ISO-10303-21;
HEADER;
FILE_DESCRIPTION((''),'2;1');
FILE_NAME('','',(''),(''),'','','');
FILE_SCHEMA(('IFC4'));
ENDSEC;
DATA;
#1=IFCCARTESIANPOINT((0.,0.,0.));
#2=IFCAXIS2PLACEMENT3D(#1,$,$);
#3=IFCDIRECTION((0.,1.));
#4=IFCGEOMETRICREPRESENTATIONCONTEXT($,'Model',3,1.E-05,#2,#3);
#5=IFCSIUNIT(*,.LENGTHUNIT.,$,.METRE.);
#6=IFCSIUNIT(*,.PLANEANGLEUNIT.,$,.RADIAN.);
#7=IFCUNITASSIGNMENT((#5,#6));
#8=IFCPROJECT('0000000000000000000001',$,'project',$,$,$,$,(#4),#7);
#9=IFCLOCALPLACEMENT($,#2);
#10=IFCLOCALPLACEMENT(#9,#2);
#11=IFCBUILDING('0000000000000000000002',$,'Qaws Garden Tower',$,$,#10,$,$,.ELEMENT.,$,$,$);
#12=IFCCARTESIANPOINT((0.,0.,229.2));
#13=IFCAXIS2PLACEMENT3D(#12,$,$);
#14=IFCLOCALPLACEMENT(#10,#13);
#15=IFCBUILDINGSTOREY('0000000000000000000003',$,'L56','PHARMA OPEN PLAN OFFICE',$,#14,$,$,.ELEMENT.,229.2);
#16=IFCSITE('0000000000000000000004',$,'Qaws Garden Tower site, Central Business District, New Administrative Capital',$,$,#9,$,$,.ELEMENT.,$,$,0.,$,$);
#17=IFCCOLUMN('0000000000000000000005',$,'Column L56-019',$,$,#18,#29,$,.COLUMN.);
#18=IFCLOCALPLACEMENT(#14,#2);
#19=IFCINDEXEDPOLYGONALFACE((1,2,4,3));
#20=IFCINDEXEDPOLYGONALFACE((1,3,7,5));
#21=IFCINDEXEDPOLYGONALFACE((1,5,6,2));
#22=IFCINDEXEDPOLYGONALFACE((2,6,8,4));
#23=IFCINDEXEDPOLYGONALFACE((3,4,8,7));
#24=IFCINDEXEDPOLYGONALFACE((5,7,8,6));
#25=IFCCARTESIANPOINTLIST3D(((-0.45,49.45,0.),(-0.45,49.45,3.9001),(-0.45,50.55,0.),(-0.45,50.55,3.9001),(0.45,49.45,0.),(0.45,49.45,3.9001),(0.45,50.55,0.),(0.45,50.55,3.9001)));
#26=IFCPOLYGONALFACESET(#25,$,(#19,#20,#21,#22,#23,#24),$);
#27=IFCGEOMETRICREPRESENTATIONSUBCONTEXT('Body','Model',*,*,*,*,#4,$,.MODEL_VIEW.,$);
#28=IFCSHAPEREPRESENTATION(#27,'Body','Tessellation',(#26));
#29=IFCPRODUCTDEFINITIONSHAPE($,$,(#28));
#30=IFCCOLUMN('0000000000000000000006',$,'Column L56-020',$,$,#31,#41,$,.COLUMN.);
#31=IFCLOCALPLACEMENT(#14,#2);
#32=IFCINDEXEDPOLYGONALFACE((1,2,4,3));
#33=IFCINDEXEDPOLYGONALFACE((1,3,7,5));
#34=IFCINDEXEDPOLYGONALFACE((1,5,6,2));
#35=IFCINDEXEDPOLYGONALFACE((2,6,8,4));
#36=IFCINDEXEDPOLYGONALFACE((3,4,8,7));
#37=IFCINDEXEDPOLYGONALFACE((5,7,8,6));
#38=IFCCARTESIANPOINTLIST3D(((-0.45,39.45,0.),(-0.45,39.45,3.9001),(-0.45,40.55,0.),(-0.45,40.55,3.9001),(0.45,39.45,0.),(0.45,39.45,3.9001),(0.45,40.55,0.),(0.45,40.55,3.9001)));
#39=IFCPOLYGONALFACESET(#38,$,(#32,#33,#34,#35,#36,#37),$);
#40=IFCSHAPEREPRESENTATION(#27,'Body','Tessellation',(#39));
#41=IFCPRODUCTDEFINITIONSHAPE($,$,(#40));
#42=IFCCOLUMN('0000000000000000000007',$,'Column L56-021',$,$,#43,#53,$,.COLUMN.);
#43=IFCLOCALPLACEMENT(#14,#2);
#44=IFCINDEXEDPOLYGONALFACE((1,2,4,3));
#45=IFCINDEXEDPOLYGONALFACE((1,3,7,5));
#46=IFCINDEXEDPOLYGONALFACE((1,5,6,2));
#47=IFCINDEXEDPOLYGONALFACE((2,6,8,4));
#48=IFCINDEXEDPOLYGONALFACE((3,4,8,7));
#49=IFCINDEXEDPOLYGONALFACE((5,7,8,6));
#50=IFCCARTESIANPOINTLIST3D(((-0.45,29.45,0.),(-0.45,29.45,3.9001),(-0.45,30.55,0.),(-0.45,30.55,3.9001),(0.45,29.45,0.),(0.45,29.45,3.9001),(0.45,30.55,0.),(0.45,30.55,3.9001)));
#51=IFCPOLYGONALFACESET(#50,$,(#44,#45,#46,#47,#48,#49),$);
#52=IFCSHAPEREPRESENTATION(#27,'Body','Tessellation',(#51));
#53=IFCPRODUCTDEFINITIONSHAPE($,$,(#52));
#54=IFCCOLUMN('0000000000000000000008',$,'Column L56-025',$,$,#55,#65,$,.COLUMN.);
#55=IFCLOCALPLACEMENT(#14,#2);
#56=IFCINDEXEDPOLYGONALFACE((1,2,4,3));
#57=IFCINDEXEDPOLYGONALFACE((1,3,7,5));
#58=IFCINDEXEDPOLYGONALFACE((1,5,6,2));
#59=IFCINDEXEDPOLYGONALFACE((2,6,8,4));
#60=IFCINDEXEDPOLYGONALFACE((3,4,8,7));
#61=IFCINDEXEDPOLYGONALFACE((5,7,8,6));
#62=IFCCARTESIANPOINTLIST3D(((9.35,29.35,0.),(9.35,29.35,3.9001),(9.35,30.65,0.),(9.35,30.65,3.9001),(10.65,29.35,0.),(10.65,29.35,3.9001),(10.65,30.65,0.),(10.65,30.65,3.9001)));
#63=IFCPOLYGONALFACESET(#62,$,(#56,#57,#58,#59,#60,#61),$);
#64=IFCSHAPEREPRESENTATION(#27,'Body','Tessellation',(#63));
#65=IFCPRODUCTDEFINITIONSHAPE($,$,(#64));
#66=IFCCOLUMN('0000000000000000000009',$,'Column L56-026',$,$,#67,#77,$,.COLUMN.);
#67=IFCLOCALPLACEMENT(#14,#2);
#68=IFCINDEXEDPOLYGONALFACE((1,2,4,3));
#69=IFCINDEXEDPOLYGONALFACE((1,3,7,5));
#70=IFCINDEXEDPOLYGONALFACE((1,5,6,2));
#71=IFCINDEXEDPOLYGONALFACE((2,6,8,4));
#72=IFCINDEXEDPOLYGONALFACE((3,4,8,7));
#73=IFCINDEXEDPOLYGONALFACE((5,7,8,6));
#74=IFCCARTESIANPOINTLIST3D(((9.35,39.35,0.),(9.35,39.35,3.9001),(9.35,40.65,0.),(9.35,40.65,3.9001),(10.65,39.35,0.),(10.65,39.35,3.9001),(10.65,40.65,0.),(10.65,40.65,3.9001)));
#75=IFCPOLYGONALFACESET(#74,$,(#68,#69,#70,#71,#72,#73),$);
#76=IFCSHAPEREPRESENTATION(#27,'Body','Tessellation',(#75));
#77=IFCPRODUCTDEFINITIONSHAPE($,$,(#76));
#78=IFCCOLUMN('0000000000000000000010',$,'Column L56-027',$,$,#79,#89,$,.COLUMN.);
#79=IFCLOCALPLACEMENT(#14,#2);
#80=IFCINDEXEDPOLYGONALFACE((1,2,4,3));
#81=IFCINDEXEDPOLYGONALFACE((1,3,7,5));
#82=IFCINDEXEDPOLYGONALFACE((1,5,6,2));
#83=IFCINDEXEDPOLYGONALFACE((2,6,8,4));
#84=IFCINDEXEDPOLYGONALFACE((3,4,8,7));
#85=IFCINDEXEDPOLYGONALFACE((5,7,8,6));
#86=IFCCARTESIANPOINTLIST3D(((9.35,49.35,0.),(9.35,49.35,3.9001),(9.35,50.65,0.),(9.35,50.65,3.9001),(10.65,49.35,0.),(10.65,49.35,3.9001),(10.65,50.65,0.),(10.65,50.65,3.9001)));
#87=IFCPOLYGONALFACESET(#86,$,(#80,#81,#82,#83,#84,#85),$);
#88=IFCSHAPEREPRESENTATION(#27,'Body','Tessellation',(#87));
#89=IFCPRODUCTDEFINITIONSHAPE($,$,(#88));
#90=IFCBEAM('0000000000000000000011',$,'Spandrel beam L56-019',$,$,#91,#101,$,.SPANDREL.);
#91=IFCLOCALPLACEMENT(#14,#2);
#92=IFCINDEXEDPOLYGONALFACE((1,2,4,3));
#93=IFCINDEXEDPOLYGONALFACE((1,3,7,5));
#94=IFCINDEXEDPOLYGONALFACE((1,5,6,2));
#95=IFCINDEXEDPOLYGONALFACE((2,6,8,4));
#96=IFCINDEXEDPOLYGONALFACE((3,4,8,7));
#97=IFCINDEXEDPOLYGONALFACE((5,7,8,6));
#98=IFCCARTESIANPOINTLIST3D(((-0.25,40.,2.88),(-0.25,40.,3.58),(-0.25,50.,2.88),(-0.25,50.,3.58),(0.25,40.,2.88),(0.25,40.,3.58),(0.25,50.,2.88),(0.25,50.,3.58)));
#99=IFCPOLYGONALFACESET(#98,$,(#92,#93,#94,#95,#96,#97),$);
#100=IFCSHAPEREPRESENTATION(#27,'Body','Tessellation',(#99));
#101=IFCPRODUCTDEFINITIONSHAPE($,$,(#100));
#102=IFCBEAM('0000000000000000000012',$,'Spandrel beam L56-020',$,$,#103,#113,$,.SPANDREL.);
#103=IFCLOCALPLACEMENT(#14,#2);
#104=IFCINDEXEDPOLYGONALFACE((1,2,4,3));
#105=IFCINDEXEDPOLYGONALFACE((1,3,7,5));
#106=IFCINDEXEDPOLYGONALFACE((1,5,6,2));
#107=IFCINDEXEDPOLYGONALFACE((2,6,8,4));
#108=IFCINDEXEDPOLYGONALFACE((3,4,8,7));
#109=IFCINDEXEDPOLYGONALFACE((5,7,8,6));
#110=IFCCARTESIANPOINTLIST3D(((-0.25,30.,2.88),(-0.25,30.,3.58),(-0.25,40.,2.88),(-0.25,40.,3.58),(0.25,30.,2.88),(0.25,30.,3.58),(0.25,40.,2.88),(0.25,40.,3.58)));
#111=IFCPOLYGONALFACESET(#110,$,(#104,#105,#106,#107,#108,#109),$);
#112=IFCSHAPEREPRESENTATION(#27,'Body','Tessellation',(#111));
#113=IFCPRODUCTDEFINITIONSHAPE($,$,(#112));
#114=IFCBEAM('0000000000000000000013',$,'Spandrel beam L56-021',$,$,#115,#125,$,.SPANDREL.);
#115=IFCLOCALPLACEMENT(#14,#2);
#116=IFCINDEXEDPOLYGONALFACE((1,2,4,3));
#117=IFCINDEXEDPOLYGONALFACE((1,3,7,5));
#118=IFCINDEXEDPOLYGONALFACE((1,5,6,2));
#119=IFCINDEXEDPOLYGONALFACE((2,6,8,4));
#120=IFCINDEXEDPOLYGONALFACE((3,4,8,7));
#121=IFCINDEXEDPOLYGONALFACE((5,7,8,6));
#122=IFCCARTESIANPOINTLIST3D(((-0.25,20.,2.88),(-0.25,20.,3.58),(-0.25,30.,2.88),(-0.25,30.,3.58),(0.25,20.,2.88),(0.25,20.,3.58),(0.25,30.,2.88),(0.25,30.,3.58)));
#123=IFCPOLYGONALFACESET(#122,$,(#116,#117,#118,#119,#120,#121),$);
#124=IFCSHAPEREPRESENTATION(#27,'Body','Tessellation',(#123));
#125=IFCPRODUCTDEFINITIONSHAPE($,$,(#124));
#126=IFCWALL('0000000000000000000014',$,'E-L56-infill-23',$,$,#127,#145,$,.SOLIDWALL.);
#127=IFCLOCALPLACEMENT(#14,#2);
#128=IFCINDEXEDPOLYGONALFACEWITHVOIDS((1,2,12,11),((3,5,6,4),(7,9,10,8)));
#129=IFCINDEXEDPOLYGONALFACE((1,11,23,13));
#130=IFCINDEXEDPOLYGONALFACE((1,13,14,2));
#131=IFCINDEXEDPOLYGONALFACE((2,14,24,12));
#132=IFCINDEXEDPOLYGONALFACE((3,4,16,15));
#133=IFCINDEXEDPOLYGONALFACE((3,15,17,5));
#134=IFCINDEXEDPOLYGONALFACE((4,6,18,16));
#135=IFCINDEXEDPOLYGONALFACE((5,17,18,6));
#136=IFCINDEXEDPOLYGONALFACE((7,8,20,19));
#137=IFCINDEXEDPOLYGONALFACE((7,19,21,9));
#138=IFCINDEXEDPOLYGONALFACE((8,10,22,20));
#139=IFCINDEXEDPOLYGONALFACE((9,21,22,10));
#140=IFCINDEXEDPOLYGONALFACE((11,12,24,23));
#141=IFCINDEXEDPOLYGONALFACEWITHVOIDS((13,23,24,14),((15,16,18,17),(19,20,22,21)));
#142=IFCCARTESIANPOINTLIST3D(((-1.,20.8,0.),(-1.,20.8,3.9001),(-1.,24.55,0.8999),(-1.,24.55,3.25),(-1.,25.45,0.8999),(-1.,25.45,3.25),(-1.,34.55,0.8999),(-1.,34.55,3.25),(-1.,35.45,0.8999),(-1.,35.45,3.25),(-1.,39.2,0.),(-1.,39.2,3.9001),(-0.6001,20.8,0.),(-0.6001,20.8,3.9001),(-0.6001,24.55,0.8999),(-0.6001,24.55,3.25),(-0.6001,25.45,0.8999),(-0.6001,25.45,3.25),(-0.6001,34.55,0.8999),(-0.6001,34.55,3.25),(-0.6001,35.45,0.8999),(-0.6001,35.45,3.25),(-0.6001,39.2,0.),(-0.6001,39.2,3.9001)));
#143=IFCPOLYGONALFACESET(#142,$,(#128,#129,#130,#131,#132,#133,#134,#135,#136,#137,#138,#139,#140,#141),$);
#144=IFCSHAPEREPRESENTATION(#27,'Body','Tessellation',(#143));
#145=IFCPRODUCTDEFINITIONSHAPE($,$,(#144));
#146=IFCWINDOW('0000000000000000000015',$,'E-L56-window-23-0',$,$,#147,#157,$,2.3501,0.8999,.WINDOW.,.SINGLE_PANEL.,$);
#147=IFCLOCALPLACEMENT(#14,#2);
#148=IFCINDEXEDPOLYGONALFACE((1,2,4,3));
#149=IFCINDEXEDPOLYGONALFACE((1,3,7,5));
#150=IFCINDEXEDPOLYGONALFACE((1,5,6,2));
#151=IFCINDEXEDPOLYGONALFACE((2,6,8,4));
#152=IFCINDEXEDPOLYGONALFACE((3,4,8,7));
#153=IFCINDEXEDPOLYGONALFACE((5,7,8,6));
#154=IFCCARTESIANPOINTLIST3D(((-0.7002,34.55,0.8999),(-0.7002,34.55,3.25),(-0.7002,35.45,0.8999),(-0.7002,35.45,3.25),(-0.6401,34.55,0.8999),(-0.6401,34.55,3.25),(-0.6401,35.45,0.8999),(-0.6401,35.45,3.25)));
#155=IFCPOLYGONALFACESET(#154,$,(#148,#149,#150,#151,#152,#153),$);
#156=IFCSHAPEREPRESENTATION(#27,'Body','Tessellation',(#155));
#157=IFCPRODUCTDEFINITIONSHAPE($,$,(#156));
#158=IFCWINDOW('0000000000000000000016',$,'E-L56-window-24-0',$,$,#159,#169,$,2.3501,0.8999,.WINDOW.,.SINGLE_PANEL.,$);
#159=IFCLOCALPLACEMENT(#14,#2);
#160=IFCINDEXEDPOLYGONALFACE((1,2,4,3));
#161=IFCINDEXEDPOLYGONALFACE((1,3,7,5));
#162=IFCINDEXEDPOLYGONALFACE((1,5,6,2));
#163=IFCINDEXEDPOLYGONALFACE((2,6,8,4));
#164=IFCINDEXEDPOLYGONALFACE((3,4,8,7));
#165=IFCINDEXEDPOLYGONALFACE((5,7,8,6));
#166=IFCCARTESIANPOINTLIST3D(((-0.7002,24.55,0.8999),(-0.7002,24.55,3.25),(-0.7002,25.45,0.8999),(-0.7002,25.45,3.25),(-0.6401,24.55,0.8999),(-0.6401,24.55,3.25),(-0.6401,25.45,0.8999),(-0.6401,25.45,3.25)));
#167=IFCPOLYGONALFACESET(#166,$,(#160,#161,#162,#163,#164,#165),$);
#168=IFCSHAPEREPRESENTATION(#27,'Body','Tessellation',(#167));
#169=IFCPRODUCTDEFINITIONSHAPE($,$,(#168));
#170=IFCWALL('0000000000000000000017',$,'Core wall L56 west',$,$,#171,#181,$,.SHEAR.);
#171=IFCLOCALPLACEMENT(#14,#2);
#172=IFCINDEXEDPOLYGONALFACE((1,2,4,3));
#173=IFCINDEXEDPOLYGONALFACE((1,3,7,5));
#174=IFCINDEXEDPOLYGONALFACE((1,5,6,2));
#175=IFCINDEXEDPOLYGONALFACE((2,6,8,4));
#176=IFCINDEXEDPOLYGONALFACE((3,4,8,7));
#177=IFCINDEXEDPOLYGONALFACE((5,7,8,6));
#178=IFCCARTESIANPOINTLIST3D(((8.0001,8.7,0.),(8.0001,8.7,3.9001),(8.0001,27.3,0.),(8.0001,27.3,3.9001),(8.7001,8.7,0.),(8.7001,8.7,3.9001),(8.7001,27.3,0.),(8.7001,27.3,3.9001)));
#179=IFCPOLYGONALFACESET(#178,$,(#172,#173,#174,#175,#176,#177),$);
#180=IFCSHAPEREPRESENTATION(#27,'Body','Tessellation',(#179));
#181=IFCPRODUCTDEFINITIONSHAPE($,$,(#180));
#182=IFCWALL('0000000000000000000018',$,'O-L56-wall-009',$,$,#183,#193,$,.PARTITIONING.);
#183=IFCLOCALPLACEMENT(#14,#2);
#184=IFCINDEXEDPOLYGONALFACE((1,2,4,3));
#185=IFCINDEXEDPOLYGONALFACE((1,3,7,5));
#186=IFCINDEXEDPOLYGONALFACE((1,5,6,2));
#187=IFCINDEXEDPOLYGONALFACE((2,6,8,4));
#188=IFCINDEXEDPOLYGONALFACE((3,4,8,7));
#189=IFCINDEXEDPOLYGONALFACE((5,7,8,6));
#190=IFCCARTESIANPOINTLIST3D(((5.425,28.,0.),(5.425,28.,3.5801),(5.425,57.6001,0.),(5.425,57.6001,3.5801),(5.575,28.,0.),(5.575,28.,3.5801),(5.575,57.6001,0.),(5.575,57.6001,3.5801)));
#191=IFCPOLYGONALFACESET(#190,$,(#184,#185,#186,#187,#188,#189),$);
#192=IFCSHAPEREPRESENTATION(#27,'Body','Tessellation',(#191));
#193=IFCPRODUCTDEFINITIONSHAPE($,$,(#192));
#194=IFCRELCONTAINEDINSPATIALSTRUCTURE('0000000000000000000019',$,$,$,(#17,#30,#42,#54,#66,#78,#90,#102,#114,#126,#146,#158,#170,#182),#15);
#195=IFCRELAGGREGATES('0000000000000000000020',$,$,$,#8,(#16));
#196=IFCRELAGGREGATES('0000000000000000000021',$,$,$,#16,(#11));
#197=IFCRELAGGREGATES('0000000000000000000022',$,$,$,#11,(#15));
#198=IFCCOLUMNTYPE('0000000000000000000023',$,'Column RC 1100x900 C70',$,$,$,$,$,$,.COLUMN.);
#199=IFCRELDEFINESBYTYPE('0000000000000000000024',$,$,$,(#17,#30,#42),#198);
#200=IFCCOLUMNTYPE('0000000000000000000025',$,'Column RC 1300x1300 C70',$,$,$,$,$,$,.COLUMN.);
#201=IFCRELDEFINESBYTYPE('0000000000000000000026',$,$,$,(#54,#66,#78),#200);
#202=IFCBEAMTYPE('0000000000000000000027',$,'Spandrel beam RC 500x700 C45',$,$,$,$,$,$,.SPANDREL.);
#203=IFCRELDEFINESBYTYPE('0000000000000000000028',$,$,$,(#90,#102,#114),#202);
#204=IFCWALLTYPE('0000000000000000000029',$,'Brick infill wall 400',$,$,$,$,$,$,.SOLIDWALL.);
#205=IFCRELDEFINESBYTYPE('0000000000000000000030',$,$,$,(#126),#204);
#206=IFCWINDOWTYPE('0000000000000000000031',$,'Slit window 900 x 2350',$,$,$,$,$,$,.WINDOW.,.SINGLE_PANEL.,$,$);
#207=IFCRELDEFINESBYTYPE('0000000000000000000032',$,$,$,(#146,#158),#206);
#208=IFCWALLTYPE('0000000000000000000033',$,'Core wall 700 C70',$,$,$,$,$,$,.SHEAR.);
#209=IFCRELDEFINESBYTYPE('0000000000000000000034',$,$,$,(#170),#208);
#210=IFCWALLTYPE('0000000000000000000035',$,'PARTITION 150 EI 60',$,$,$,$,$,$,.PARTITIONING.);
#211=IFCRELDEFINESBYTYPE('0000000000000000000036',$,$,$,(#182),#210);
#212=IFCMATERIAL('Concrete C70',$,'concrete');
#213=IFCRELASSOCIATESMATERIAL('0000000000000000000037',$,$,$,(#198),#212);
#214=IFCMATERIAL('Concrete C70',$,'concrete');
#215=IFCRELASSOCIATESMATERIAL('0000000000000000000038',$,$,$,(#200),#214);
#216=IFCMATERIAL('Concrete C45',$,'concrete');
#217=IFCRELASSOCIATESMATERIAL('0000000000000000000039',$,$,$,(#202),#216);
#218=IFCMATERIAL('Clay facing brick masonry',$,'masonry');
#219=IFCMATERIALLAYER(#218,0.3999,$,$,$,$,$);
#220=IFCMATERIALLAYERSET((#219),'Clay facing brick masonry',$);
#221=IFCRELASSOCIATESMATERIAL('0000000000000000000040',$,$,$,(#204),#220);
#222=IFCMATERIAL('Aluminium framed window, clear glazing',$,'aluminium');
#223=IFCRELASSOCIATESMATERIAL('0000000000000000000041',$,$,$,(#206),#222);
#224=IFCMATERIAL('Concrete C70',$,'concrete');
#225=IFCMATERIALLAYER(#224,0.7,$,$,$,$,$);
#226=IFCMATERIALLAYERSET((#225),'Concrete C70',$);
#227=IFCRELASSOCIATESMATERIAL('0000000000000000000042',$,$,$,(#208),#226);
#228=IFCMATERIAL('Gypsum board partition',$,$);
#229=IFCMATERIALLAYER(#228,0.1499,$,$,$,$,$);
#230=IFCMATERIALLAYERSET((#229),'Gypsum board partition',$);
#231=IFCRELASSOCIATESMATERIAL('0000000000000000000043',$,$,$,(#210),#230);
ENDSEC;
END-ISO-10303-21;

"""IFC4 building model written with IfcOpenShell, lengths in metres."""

from ifc_helpers import new_model, si_unit, direction, frame, frame_2d, origin, origin_2d, place, context, subcontext, project, spatial, rectangle, extrude, material, layer, layer_set, material_profile, profile_set, type_object, element, fill, save


model = new_model("IFC4")

# Units and contexts
model_context = context("Model", 3, precision=1e-05, world=origin(), true_north=direction((0.0, 1.0)))
body_context = subcontext(model_context, "Body", "Model", "MODEL_VIEW")
ifc_project = project(units=[si_unit("LENGTHUNIT", "METRE"), si_unit("PLANEANGLEUNIT", "RADIAN")], contexts=[model_context])

# Site, building, storey
site_placement = place(None, origin())
site = spatial("IfcSite", under=ifc_project, at=site_placement, Name="Qaws Garden Tower site, Central Business District, New Administrative Capital", CompositionType="ELEMENT", RefElevation=0.0)
building_placement = place(site_placement, origin())
building = spatial("IfcBuilding", under=site, at=building_placement, Name="Qaws Garden Tower", CompositionType="ELEMENT")
storey_placement = place(building_placement, frame((0.0, 0.0, 229.2)))
storey = spatial("IfcBuildingStorey", under=building, at=storey_placement, Name="L56", Description="PHARMA OPEN PLAN OFFICE", CompositionType="ELEMENT", Elevation=229.2)

# Columns
ifc_material_1 = material(Name="Concrete C70", Category="concrete")
ifc_material_profile_1 = material_profile(ifc_material_1, rectangle(XDim=1.1001, YDim=0.8999, at=origin_2d()), Name="RC 1100x900")
ifc_profile_set_1 = profile_set([ifc_material_profile_1], Name="Concrete C70")
column_type_1 = type_object("IfcColumnType", Name="Column RC 1100x900 C70", PredefinedType="COLUMN", material=ifc_profile_set_1)
for number, where, z_axis, x_axis, name in (
    (1, (0.0, 50.0, 0.0), (0.0, 0.0, 1.0), (0.0, 1.0, 0.0), "Column L56-019"),
    (2, (0.0, 40.0, 0.0), (0.0, 0.0, 1.0), (0.0, 1.0, 0.0), "Column L56-020"),
    (3, (0.0, 30.0, 0.0), (0.0, 0.0, 1.0), (0.0, 1.0, 0.0), "Column L56-021"),
):
    element("IfcColumn", number, at=place(storey_placement, frame(where, z_axis=z_axis, x_axis=x_axis)), inside=storey, type_object=column_type_1, Name=name, PredefinedType="COLUMN", context=body_context, shape_type="SweptSolid", body=[
        extrude(rectangle(XDim=1.1001, YDim=0.8999, at=origin_2d()), origin(), (0.0, 0.0, 1.0), 3.9001),
    ])
ifc_material_2 = material(Name="Concrete C70", Category="concrete")
ifc_material_profile_2 = material_profile(ifc_material_2, rectangle(XDim=1.3, YDim=1.3, at=origin_2d()), Name="RC 1300x1300")
ifc_profile_set_2 = profile_set([ifc_material_profile_2], Name="Concrete C70")
column_type_2 = type_object("IfcColumnType", Name="Column RC 1300x1300 C70", PredefinedType="COLUMN", material=ifc_profile_set_2)
for number, where, z_axis, x_axis, name in (
    (4, (10.0, 30.0, 0.0), (0.0, 0.0, 1.0), (1.0, 0.0, 0.0), "Column L56-025"),
    (5, (10.0, 40.0, 0.0), (0.0, 0.0, 1.0), (1.0, 0.0, 0.0), "Column L56-026"),
    (6, (10.0, 50.0, 0.0), (0.0, 0.0, 1.0), (1.0, 0.0, 0.0), "Column L56-027"),
):
    element("IfcColumn", number, at=place(storey_placement, frame(where, z_axis=z_axis, x_axis=x_axis)), inside=storey, type_object=column_type_2, Name=name, PredefinedType="COLUMN", context=body_context, shape_type="SweptSolid", body=[
        extrude(rectangle(XDim=1.3, YDim=1.3, at=origin_2d()), origin(), (0.0, 0.0, 1.0), 3.9001),
    ])

# Beams
ifc_material_3 = material(Name="Concrete C45", Category="concrete")
ifc_material_profile_3 = material_profile(ifc_material_3, rectangle(XDim=0.5, YDim=0.7, at=origin_2d()), Name="RC 500x700")
ifc_profile_set_3 = profile_set([ifc_material_profile_3], Name="Concrete C45")
beam_type = type_object("IfcBeamType", Name="Spandrel beam RC 500x700 C45", PredefinedType="SPANDREL", material=ifc_profile_set_3)
for number, where, z_axis, x_axis, name in (
    (7, (0.0, 50.0, 3.23), (0.0, -1.0, 0.0), (1.0, 0.0, 0.0), "Spandrel beam L56-019"),
    (8, (0.0, 40.0, 3.23), (0.0, -1.0, 0.0), (1.0, 0.0, 0.0), "Spandrel beam L56-020"),
    (9, (0.0, 30.0, 3.23), (0.0, -1.0, 0.0), (1.0, 0.0, 0.0), "Spandrel beam L56-021"),
):
    element("IfcBeam", number, at=place(storey_placement, frame(where, z_axis=z_axis, x_axis=x_axis)), inside=storey, type_object=beam_type, Name=name, PredefinedType="SPANDREL", context=body_context, shape_type="SweptSolid", body=[
        extrude(rectangle(XDim=0.5, YDim=0.7, at=origin_2d()), origin(), (0.0, 0.0, 1.0), 10.0),
    ])

# Wall, openings, windows
ifc_material_4 = material(Name="Clay facing brick masonry", Category="masonry")
ifc_layer_1 = layer(ifc_material_4, 0.3999)
ifc_layer_set_1 = layer_set([ifc_layer_1], Name="Clay facing brick masonry")
wall_type_1 = type_object("IfcWallType", Name="Brick infill wall 400", PredefinedType="SOLIDWALL", material=ifc_layer_set_1)
wall_1_placement = place(storey_placement, frame((-0.8, 39.2, 0.0), z_axis=(0.0, 0.0, 1.0), x_axis=(0.0, -1.0, 0.0)))
wall_1 = element("IfcWall", 10, at=wall_1_placement, inside=storey, type_object=wall_type_1, Name="E-L56-infill-23", PredefinedType="SOLIDWALL", context=body_context, shape_type="SweptSolid", body=[
    extrude(rectangle(XDim=18.3999, YDim=0.3999, at=frame_2d((9.2, 0.0))), origin(), (0.0, 0.0, 1.0), 3.9001),
])
opening_1_placement = place(wall_1_placement, frame((3.75, 0.0, 0.8999)))
opening_1 = element("IfcOpeningElement", 11, at=opening_1_placement, cuts=wall_1, PredefinedType="OPENING", context=body_context, shape_type="SweptSolid", body=[
    extrude(rectangle(XDim=0.8999, YDim=2.3501, at=frame_2d((0.45, 1.175))), frame((0.0, 0.21, 0.0), z_axis=(0.0, -1.0, 0.0), x_axis=(1.0, 0.0, 0.0)), (0.0, 0.0, 1.0), 0.4199),
])
opening_2_placement = place(wall_1_placement, frame((13.75, 0.0, 0.8999)))
opening_2 = element("IfcOpeningElement", 12, at=opening_2_placement, cuts=wall_1, PredefinedType="OPENING", context=body_context, shape_type="SweptSolid", body=[
    extrude(rectangle(XDim=0.8999, YDim=2.3501, at=frame_2d((0.45, 1.175))), frame((0.0, 0.21, 0.0), z_axis=(0.0, -1.0, 0.0), x_axis=(1.0, 0.0, 0.0)), (0.0, 0.0, 1.0), 0.4199),
])
ifc_material_5 = material(Name="Aluminium framed window, clear glazing", Category="aluminium")
window_type = type_object("IfcWindowType", Name="Slit window 900 x 2350", PartitioningType="SINGLE_PANEL", PredefinedType="WINDOW", material=ifc_material_5)
window_1_placement = place(opening_1_placement, origin())
window_1 = element("IfcWindow", 13, at=window_1_placement, inside=storey, type_object=window_type, Name="E-L56-window-23-0", OverallHeight=2.3501, OverallWidth=0.8999, PartitioningType="SINGLE_PANEL", PredefinedType="WINDOW", context=body_context, shape_type="SweptSolid", body=[
    extrude(rectangle(XDim=0.8999, YDim=2.3501, at=frame_2d((0.45, 1.175))), frame((0.0, 0.1599, 0.0), z_axis=(0.0, -1.0, 0.0), x_axis=(1.0, 0.0, 0.0)), (0.0, 0.0, 1.0), 0.0601),
])
fill(opening_1, window_1)
window_2_placement = place(opening_2_placement, origin())
window_2 = element("IfcWindow", 14, at=window_2_placement, inside=storey, type_object=window_type, Name="E-L56-window-24-0", OverallHeight=2.3501, OverallWidth=0.8999, PartitioningType="SINGLE_PANEL", PredefinedType="WINDOW", context=body_context, shape_type="SweptSolid", body=[
    extrude(rectangle(XDim=0.8999, YDim=2.3501, at=frame_2d((0.45, 1.175))), frame((0.0, 0.1599, 0.0), z_axis=(0.0, -1.0, 0.0), x_axis=(1.0, 0.0, 0.0)), (0.0, 0.0, 1.0), 0.0601),
])
fill(opening_2, window_2)

# Walls
ifc_material_6 = material(Name="Concrete C70", Category="concrete")
ifc_layer_2 = layer(ifc_material_6, 0.7)
ifc_layer_set_2 = layer_set([ifc_layer_2], Name="Concrete C70")
wall_type_2 = type_object("IfcWallType", Name="Core wall 700 C70", PredefinedType="SHEAR", material=ifc_layer_set_2)
wall_2_placement = place(storey_placement, frame((8.3501, 27.3, 0.0), z_axis=(0.0, 0.0, 1.0), x_axis=(0.0, -1.0, 0.0)))
element("IfcWall", 15, at=wall_2_placement, inside=storey, type_object=wall_type_2, Name="Core wall L56 west", PredefinedType="SHEAR", context=body_context, shape_type="SweptSolid", body=[
    extrude(rectangle(XDim=18.6001, YDim=0.7, at=frame_2d((9.3, 0.0))), origin(), (0.0, 0.0, 1.0), 3.9001),
])
ifc_material_7 = material(Name="Gypsum board partition")
ifc_layer_3 = layer(ifc_material_7, 0.1499)
ifc_layer_set_3 = layer_set([ifc_layer_3], Name="Gypsum board partition")
wall_type_3 = type_object("IfcWallType", Name="PARTITION 150 EI 60", PredefinedType="PARTITIONING", material=ifc_layer_set_3)
wall_3_placement = place(storey_placement, frame((5.5, 28.0, 0.0), z_axis=(0.0, 0.0, 1.0), x_axis=(0.0, 1.0, 0.0)))
element("IfcWall", 16, at=wall_3_placement, inside=storey, type_object=wall_type_3, Name="O-L56-wall-009", PredefinedType="PARTITIONING", context=body_context, shape_type="SweptSolid", body=[
    extrude(rectangle(XDim=29.6001, YDim=0.1499, at=frame_2d((14.8, 0.0))), origin(), (0.0, 0.0, 1.0), 3.5801),
])

save(model, "model.ifc")
